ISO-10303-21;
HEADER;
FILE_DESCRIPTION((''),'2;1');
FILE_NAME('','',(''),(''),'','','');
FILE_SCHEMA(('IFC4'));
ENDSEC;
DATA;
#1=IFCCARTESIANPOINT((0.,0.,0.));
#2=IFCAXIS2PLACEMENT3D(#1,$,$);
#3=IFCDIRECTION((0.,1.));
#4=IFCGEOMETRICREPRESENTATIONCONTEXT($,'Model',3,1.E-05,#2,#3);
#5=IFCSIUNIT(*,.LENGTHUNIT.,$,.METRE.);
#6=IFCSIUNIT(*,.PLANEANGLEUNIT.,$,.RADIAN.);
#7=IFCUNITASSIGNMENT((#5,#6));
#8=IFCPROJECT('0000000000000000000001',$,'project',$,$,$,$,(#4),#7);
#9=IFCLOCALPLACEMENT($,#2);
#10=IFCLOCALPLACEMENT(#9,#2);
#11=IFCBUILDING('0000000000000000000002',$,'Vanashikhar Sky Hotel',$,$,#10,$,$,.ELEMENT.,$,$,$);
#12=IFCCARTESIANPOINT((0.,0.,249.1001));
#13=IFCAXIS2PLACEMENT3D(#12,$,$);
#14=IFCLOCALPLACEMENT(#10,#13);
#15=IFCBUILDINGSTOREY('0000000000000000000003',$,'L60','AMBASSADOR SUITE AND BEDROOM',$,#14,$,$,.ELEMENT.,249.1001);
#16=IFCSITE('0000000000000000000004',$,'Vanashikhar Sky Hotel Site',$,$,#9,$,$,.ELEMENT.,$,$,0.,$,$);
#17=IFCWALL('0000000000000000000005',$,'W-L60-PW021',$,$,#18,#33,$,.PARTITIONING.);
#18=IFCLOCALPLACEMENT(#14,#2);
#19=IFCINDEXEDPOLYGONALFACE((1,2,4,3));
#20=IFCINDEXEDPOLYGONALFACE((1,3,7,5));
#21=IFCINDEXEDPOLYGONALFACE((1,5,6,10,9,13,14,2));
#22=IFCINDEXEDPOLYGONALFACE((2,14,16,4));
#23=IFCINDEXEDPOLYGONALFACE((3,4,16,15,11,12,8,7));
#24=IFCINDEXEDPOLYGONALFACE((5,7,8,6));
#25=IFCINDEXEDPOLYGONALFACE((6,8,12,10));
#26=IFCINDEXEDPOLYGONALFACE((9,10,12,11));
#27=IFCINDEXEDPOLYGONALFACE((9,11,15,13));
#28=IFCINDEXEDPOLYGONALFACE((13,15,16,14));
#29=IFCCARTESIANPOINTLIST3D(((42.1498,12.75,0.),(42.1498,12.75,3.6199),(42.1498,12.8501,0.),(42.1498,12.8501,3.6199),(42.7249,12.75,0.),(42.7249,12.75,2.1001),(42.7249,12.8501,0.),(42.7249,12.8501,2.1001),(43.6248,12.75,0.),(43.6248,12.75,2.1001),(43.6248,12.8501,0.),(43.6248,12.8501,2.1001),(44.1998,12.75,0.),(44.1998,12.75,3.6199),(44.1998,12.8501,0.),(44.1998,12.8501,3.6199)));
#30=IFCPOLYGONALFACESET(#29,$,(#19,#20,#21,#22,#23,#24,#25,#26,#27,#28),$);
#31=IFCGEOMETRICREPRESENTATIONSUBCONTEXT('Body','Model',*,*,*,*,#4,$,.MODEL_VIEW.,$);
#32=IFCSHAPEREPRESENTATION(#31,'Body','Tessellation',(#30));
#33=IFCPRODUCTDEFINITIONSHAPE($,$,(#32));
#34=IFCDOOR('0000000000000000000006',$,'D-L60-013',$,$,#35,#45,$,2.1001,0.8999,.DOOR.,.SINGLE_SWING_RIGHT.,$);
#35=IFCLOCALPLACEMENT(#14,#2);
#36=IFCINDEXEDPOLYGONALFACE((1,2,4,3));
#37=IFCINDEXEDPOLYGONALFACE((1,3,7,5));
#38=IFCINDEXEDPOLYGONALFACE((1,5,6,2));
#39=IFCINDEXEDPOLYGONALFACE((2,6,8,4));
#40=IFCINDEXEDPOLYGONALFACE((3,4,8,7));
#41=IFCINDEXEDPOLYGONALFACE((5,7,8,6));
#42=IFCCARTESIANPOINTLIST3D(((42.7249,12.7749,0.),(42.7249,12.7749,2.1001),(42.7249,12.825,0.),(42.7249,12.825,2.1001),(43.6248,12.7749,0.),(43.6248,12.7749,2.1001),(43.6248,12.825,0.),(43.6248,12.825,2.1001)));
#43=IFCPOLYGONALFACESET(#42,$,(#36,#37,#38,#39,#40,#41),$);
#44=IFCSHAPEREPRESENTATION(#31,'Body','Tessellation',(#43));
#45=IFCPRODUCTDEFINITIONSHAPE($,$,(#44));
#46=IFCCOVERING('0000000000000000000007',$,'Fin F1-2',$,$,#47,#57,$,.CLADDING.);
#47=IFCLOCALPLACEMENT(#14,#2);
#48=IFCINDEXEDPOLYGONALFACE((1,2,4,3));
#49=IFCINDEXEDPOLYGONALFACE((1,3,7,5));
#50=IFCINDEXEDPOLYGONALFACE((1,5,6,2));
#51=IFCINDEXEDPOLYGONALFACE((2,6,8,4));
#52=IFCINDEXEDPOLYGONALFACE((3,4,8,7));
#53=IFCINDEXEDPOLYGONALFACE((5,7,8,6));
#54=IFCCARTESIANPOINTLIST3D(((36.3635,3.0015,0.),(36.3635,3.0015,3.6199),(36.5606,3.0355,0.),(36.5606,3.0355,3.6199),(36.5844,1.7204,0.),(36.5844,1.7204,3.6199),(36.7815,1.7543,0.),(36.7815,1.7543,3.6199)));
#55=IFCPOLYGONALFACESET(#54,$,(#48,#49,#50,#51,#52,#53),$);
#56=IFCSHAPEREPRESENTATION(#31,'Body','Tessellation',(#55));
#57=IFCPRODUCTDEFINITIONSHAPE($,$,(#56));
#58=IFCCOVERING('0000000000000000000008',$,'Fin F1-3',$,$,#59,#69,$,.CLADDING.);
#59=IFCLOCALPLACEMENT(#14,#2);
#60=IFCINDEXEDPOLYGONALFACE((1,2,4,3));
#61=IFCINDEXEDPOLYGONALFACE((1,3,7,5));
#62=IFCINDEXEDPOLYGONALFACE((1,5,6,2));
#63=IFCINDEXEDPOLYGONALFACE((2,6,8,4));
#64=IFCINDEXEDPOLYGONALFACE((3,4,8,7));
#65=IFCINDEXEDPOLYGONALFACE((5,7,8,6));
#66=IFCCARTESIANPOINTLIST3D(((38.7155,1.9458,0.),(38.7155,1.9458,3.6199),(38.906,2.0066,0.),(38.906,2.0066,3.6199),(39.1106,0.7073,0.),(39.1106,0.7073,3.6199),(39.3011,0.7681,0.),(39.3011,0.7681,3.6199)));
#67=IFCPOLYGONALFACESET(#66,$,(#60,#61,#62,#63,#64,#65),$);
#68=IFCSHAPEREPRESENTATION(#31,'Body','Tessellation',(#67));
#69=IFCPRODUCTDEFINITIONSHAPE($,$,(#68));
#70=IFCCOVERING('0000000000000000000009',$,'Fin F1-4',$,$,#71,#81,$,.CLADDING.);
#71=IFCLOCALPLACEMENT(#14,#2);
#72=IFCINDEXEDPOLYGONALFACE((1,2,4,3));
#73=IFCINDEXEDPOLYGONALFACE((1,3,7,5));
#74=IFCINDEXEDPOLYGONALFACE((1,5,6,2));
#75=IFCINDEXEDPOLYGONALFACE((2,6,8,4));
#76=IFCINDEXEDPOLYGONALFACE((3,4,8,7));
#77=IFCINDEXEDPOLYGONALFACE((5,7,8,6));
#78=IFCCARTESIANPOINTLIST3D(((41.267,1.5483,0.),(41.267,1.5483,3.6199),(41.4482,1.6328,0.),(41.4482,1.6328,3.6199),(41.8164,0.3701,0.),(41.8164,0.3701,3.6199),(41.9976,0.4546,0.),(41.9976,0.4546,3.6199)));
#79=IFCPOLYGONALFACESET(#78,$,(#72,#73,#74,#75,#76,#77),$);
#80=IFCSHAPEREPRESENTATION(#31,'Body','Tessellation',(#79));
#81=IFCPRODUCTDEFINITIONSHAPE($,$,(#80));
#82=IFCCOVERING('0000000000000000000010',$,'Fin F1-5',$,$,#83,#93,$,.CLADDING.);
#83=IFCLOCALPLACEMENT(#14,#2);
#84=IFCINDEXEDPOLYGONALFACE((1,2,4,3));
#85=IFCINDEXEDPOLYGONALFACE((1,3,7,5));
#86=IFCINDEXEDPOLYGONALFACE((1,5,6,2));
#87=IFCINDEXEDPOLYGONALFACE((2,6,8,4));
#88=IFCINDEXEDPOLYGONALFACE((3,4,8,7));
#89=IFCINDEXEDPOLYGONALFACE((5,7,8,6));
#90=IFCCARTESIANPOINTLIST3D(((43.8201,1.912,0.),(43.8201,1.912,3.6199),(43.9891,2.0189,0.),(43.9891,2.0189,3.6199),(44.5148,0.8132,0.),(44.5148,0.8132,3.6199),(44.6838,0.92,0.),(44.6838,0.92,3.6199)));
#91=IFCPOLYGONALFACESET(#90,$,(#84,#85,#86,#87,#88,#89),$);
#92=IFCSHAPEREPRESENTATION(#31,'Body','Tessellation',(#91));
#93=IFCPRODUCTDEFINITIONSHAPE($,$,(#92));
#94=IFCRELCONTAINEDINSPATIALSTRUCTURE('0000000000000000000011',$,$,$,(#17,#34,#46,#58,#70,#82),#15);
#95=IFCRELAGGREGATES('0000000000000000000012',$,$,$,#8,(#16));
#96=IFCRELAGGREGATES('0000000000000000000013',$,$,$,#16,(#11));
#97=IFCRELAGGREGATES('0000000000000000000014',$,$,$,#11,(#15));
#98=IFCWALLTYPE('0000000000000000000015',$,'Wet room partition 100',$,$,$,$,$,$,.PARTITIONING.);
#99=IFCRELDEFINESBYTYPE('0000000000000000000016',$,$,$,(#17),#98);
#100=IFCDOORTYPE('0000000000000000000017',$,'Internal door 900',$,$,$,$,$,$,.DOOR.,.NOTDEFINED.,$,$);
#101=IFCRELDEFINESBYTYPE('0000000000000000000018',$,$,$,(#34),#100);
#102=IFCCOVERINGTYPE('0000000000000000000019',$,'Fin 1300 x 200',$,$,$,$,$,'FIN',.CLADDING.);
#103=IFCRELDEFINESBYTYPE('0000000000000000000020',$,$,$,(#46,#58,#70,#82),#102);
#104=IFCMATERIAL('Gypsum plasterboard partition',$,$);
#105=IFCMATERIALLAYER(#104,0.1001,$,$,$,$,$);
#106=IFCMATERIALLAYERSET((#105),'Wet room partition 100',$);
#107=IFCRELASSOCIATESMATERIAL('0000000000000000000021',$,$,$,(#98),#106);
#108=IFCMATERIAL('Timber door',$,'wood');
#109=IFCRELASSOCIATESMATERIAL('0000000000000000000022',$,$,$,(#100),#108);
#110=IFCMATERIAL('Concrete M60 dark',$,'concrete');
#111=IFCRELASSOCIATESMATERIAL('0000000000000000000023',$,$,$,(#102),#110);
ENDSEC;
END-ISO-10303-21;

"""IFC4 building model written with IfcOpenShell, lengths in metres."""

from ifc_helpers import new_model, si_unit, direction, frame, frame_2d, origin, origin_2d, place, context, subcontext, project, spatial, rectangle, extrude, source, transform, mapped, material, layer, layer_set, material_profile, profile_set, type_object, element, fill, save


model = new_model("IFC4")

# Units and contexts
model_context = context("Model", 3, precision=1e-05, world=origin(), true_north=direction((0.0, 1.0)))
body_context = subcontext(model_context, "Body", "Model", "MODEL_VIEW")
ifc_project = project(units=[si_unit("LENGTHUNIT", "METRE"), si_unit("PLANEANGLEUNIT", "RADIAN")], contexts=[model_context])

# Site, building, storey
site_placement = place(None, origin())
site = spatial("IfcSite", under=ifc_project, at=site_placement, Name="Vanashikhar Sky Hotel Site", CompositionType="ELEMENT", RefElevation=0.0)
building_placement = place(site_placement, origin())
building = spatial("IfcBuilding", under=site, at=building_placement, Name="Vanashikhar Sky Hotel", CompositionType="ELEMENT")
storey_placement = place(building_placement, frame((0.0, 0.0, 249.1001)))
storey = spatial("IfcBuildingStorey", under=building, at=storey_placement, Name="L60", Description="AMBASSADOR SUITE AND BEDROOM", CompositionType="ELEMENT", Elevation=249.1001)

# Shared definitions
ifc_material_1 = material(Name="Gypsum plasterboard partition")
ifc_layer_1 = layer(ifc_material_1, 0.1001)
ifc_layer_set_1 = layer_set([ifc_layer_1], Name="Wet room partition 100")
wall_type_1 = type_object("IfcWallType", Name="Wet room partition 100", PredefinedType="PARTITIONING", material=ifc_layer_set_1)
shared_shape_1 = source(origin(), body_context, "Body", "SweptSolid", [
    extrude(rectangle(XDim=0.8999, YDim=2.1001, at=frame_2d((0.45, 1.05))), frame((0.0, 0.0601, 0.0), z_axis=(0.0, -1.0, 0.0), x_axis=(1.0, 0.0, 0.0)), (0.0, 0.0, 1.0), 0.1201),
])
ifc_material_2 = material(Name="Timber door", Category="wood")
door_type = type_object("IfcDoorType", Name="Internal door 900", OperationType="NOTDEFINED", PredefinedType="DOOR", material=ifc_material_2)
shared_shape_2 = source(origin(), body_context, "Body", "SweptSolid", [
    extrude(rectangle(XDim=0.8999, YDim=2.1001, at=frame_2d((0.45, 1.05))), frame((0.0, 0.0249, 0.0), z_axis=(0.0, -1.0, 0.0), x_axis=(1.0, 0.0, 0.0)), (0.0, 0.0, 1.0), 0.05),
])

# Wall, opening, door
shared_shape_3 = source(origin(), body_context, "Body", "SweptSolid", [
    extrude(rectangle(XDim=2.05, YDim=0.1001, at=frame_2d((1.0249, 0.0))), origin(), (0.0, 0.0, 1.0), 3.6199),
])
wall_1_placement = place(storey_placement, frame((42.1499, 12.8, 0.0), z_axis=(0.0, 0.0, 1.0), x_axis=(1.0, 0.0, 0.0)))
wall_1 = element("IfcWall", 1, at=wall_1_placement, inside=storey, type_object=wall_type_1, Name="W-L60-PW021", PredefinedType="PARTITIONING", context=body_context, shape_type="MappedRepresentation", body=[
    mapped(shared_shape_3, transform((0.0, 0.0, 0.0), scale=1.0)),
])
opening_1_placement = place(wall_1_placement, frame((0.575, 0.0, 0.0)))
opening_1 = element("IfcOpeningElement", 2, at=opening_1_placement, cuts=wall_1, PredefinedType="OPENING", context=body_context, shape_type="MappedRepresentation", body=[
    mapped(shared_shape_1, transform((0.0, 0.0, 0.0), scale=1.0)),
])
door_1_placement = place(opening_1_placement, origin())
door_1 = element("IfcDoor", 3, at=door_1_placement, inside=storey, type_object=door_type, Name="D-L60-013", OperationType="SINGLE_SWING_RIGHT", OverallHeight=2.1001, OverallWidth=0.8999, PredefinedType="DOOR", context=body_context, shape_type="MappedRepresentation", body=[
    mapped(shared_shape_2, transform((0.0, 0.0, 0.0), scale=1.0)),
])
fill(opening_1, door_1)

# Coverings
ifc_material_3 = material(Name="Concrete M60 dark", Category="concrete")
ifc_material_profile = material_profile(ifc_material_3, rectangle(XDim=1.3, YDim=0.2, at=origin_2d()))
ifc_profile_set = profile_set([ifc_material_profile], Name="Fin 1300 x 200")
covering_type = type_object("IfcCoveringType", Name="Fin 1300 x 200", ElementType="FIN", PredefinedType="CLADDING", material=ifc_profile_set)
shared_shape_4 = source(origin(), body_context, "Body", "SweptSolid", [
    extrude(rectangle(XDim=1.3, YDim=0.2, at=origin_2d()), origin(), (0.0, 0.0, 1.0), 3.6199),
])
for number, where, z_axis, x_axis, name in (
    (4, (36.5725, 2.3779, 0.0), (0.0, 0.0, 1.0), (0.1699, -0.985461, 0.0), "Fin F1-2"),
    (5, (39.0083, 1.3569, 0.0), (0.0, 0.0, 1.0), (0.303967, -0.952683, 0.0), "Fin F1-3"),
    (6, (41.6323, 1.0015, 0.0), (0.0, 0.0, 1.0), (0.422618, -0.906308, 0.0), "Fin F1-4"),
    (7, (44.252, 1.416, 0.0), (0.0, 0.0, 1.0), (0.534411, -0.845225, 0.0), "Fin F1-5"),
):
    element("IfcCovering", number, at=place(storey_placement, frame(where, z_axis=z_axis, x_axis=x_axis)), inside=storey, type_object=covering_type, Name=name, PredefinedType="CLADDING", context=body_context, shape_type="MappedRepresentation", body=[
        mapped(shared_shape_4, transform((0.0, 0.0, 0.0), scale=1.0)),
    ])

save(model, "model.ifc")
